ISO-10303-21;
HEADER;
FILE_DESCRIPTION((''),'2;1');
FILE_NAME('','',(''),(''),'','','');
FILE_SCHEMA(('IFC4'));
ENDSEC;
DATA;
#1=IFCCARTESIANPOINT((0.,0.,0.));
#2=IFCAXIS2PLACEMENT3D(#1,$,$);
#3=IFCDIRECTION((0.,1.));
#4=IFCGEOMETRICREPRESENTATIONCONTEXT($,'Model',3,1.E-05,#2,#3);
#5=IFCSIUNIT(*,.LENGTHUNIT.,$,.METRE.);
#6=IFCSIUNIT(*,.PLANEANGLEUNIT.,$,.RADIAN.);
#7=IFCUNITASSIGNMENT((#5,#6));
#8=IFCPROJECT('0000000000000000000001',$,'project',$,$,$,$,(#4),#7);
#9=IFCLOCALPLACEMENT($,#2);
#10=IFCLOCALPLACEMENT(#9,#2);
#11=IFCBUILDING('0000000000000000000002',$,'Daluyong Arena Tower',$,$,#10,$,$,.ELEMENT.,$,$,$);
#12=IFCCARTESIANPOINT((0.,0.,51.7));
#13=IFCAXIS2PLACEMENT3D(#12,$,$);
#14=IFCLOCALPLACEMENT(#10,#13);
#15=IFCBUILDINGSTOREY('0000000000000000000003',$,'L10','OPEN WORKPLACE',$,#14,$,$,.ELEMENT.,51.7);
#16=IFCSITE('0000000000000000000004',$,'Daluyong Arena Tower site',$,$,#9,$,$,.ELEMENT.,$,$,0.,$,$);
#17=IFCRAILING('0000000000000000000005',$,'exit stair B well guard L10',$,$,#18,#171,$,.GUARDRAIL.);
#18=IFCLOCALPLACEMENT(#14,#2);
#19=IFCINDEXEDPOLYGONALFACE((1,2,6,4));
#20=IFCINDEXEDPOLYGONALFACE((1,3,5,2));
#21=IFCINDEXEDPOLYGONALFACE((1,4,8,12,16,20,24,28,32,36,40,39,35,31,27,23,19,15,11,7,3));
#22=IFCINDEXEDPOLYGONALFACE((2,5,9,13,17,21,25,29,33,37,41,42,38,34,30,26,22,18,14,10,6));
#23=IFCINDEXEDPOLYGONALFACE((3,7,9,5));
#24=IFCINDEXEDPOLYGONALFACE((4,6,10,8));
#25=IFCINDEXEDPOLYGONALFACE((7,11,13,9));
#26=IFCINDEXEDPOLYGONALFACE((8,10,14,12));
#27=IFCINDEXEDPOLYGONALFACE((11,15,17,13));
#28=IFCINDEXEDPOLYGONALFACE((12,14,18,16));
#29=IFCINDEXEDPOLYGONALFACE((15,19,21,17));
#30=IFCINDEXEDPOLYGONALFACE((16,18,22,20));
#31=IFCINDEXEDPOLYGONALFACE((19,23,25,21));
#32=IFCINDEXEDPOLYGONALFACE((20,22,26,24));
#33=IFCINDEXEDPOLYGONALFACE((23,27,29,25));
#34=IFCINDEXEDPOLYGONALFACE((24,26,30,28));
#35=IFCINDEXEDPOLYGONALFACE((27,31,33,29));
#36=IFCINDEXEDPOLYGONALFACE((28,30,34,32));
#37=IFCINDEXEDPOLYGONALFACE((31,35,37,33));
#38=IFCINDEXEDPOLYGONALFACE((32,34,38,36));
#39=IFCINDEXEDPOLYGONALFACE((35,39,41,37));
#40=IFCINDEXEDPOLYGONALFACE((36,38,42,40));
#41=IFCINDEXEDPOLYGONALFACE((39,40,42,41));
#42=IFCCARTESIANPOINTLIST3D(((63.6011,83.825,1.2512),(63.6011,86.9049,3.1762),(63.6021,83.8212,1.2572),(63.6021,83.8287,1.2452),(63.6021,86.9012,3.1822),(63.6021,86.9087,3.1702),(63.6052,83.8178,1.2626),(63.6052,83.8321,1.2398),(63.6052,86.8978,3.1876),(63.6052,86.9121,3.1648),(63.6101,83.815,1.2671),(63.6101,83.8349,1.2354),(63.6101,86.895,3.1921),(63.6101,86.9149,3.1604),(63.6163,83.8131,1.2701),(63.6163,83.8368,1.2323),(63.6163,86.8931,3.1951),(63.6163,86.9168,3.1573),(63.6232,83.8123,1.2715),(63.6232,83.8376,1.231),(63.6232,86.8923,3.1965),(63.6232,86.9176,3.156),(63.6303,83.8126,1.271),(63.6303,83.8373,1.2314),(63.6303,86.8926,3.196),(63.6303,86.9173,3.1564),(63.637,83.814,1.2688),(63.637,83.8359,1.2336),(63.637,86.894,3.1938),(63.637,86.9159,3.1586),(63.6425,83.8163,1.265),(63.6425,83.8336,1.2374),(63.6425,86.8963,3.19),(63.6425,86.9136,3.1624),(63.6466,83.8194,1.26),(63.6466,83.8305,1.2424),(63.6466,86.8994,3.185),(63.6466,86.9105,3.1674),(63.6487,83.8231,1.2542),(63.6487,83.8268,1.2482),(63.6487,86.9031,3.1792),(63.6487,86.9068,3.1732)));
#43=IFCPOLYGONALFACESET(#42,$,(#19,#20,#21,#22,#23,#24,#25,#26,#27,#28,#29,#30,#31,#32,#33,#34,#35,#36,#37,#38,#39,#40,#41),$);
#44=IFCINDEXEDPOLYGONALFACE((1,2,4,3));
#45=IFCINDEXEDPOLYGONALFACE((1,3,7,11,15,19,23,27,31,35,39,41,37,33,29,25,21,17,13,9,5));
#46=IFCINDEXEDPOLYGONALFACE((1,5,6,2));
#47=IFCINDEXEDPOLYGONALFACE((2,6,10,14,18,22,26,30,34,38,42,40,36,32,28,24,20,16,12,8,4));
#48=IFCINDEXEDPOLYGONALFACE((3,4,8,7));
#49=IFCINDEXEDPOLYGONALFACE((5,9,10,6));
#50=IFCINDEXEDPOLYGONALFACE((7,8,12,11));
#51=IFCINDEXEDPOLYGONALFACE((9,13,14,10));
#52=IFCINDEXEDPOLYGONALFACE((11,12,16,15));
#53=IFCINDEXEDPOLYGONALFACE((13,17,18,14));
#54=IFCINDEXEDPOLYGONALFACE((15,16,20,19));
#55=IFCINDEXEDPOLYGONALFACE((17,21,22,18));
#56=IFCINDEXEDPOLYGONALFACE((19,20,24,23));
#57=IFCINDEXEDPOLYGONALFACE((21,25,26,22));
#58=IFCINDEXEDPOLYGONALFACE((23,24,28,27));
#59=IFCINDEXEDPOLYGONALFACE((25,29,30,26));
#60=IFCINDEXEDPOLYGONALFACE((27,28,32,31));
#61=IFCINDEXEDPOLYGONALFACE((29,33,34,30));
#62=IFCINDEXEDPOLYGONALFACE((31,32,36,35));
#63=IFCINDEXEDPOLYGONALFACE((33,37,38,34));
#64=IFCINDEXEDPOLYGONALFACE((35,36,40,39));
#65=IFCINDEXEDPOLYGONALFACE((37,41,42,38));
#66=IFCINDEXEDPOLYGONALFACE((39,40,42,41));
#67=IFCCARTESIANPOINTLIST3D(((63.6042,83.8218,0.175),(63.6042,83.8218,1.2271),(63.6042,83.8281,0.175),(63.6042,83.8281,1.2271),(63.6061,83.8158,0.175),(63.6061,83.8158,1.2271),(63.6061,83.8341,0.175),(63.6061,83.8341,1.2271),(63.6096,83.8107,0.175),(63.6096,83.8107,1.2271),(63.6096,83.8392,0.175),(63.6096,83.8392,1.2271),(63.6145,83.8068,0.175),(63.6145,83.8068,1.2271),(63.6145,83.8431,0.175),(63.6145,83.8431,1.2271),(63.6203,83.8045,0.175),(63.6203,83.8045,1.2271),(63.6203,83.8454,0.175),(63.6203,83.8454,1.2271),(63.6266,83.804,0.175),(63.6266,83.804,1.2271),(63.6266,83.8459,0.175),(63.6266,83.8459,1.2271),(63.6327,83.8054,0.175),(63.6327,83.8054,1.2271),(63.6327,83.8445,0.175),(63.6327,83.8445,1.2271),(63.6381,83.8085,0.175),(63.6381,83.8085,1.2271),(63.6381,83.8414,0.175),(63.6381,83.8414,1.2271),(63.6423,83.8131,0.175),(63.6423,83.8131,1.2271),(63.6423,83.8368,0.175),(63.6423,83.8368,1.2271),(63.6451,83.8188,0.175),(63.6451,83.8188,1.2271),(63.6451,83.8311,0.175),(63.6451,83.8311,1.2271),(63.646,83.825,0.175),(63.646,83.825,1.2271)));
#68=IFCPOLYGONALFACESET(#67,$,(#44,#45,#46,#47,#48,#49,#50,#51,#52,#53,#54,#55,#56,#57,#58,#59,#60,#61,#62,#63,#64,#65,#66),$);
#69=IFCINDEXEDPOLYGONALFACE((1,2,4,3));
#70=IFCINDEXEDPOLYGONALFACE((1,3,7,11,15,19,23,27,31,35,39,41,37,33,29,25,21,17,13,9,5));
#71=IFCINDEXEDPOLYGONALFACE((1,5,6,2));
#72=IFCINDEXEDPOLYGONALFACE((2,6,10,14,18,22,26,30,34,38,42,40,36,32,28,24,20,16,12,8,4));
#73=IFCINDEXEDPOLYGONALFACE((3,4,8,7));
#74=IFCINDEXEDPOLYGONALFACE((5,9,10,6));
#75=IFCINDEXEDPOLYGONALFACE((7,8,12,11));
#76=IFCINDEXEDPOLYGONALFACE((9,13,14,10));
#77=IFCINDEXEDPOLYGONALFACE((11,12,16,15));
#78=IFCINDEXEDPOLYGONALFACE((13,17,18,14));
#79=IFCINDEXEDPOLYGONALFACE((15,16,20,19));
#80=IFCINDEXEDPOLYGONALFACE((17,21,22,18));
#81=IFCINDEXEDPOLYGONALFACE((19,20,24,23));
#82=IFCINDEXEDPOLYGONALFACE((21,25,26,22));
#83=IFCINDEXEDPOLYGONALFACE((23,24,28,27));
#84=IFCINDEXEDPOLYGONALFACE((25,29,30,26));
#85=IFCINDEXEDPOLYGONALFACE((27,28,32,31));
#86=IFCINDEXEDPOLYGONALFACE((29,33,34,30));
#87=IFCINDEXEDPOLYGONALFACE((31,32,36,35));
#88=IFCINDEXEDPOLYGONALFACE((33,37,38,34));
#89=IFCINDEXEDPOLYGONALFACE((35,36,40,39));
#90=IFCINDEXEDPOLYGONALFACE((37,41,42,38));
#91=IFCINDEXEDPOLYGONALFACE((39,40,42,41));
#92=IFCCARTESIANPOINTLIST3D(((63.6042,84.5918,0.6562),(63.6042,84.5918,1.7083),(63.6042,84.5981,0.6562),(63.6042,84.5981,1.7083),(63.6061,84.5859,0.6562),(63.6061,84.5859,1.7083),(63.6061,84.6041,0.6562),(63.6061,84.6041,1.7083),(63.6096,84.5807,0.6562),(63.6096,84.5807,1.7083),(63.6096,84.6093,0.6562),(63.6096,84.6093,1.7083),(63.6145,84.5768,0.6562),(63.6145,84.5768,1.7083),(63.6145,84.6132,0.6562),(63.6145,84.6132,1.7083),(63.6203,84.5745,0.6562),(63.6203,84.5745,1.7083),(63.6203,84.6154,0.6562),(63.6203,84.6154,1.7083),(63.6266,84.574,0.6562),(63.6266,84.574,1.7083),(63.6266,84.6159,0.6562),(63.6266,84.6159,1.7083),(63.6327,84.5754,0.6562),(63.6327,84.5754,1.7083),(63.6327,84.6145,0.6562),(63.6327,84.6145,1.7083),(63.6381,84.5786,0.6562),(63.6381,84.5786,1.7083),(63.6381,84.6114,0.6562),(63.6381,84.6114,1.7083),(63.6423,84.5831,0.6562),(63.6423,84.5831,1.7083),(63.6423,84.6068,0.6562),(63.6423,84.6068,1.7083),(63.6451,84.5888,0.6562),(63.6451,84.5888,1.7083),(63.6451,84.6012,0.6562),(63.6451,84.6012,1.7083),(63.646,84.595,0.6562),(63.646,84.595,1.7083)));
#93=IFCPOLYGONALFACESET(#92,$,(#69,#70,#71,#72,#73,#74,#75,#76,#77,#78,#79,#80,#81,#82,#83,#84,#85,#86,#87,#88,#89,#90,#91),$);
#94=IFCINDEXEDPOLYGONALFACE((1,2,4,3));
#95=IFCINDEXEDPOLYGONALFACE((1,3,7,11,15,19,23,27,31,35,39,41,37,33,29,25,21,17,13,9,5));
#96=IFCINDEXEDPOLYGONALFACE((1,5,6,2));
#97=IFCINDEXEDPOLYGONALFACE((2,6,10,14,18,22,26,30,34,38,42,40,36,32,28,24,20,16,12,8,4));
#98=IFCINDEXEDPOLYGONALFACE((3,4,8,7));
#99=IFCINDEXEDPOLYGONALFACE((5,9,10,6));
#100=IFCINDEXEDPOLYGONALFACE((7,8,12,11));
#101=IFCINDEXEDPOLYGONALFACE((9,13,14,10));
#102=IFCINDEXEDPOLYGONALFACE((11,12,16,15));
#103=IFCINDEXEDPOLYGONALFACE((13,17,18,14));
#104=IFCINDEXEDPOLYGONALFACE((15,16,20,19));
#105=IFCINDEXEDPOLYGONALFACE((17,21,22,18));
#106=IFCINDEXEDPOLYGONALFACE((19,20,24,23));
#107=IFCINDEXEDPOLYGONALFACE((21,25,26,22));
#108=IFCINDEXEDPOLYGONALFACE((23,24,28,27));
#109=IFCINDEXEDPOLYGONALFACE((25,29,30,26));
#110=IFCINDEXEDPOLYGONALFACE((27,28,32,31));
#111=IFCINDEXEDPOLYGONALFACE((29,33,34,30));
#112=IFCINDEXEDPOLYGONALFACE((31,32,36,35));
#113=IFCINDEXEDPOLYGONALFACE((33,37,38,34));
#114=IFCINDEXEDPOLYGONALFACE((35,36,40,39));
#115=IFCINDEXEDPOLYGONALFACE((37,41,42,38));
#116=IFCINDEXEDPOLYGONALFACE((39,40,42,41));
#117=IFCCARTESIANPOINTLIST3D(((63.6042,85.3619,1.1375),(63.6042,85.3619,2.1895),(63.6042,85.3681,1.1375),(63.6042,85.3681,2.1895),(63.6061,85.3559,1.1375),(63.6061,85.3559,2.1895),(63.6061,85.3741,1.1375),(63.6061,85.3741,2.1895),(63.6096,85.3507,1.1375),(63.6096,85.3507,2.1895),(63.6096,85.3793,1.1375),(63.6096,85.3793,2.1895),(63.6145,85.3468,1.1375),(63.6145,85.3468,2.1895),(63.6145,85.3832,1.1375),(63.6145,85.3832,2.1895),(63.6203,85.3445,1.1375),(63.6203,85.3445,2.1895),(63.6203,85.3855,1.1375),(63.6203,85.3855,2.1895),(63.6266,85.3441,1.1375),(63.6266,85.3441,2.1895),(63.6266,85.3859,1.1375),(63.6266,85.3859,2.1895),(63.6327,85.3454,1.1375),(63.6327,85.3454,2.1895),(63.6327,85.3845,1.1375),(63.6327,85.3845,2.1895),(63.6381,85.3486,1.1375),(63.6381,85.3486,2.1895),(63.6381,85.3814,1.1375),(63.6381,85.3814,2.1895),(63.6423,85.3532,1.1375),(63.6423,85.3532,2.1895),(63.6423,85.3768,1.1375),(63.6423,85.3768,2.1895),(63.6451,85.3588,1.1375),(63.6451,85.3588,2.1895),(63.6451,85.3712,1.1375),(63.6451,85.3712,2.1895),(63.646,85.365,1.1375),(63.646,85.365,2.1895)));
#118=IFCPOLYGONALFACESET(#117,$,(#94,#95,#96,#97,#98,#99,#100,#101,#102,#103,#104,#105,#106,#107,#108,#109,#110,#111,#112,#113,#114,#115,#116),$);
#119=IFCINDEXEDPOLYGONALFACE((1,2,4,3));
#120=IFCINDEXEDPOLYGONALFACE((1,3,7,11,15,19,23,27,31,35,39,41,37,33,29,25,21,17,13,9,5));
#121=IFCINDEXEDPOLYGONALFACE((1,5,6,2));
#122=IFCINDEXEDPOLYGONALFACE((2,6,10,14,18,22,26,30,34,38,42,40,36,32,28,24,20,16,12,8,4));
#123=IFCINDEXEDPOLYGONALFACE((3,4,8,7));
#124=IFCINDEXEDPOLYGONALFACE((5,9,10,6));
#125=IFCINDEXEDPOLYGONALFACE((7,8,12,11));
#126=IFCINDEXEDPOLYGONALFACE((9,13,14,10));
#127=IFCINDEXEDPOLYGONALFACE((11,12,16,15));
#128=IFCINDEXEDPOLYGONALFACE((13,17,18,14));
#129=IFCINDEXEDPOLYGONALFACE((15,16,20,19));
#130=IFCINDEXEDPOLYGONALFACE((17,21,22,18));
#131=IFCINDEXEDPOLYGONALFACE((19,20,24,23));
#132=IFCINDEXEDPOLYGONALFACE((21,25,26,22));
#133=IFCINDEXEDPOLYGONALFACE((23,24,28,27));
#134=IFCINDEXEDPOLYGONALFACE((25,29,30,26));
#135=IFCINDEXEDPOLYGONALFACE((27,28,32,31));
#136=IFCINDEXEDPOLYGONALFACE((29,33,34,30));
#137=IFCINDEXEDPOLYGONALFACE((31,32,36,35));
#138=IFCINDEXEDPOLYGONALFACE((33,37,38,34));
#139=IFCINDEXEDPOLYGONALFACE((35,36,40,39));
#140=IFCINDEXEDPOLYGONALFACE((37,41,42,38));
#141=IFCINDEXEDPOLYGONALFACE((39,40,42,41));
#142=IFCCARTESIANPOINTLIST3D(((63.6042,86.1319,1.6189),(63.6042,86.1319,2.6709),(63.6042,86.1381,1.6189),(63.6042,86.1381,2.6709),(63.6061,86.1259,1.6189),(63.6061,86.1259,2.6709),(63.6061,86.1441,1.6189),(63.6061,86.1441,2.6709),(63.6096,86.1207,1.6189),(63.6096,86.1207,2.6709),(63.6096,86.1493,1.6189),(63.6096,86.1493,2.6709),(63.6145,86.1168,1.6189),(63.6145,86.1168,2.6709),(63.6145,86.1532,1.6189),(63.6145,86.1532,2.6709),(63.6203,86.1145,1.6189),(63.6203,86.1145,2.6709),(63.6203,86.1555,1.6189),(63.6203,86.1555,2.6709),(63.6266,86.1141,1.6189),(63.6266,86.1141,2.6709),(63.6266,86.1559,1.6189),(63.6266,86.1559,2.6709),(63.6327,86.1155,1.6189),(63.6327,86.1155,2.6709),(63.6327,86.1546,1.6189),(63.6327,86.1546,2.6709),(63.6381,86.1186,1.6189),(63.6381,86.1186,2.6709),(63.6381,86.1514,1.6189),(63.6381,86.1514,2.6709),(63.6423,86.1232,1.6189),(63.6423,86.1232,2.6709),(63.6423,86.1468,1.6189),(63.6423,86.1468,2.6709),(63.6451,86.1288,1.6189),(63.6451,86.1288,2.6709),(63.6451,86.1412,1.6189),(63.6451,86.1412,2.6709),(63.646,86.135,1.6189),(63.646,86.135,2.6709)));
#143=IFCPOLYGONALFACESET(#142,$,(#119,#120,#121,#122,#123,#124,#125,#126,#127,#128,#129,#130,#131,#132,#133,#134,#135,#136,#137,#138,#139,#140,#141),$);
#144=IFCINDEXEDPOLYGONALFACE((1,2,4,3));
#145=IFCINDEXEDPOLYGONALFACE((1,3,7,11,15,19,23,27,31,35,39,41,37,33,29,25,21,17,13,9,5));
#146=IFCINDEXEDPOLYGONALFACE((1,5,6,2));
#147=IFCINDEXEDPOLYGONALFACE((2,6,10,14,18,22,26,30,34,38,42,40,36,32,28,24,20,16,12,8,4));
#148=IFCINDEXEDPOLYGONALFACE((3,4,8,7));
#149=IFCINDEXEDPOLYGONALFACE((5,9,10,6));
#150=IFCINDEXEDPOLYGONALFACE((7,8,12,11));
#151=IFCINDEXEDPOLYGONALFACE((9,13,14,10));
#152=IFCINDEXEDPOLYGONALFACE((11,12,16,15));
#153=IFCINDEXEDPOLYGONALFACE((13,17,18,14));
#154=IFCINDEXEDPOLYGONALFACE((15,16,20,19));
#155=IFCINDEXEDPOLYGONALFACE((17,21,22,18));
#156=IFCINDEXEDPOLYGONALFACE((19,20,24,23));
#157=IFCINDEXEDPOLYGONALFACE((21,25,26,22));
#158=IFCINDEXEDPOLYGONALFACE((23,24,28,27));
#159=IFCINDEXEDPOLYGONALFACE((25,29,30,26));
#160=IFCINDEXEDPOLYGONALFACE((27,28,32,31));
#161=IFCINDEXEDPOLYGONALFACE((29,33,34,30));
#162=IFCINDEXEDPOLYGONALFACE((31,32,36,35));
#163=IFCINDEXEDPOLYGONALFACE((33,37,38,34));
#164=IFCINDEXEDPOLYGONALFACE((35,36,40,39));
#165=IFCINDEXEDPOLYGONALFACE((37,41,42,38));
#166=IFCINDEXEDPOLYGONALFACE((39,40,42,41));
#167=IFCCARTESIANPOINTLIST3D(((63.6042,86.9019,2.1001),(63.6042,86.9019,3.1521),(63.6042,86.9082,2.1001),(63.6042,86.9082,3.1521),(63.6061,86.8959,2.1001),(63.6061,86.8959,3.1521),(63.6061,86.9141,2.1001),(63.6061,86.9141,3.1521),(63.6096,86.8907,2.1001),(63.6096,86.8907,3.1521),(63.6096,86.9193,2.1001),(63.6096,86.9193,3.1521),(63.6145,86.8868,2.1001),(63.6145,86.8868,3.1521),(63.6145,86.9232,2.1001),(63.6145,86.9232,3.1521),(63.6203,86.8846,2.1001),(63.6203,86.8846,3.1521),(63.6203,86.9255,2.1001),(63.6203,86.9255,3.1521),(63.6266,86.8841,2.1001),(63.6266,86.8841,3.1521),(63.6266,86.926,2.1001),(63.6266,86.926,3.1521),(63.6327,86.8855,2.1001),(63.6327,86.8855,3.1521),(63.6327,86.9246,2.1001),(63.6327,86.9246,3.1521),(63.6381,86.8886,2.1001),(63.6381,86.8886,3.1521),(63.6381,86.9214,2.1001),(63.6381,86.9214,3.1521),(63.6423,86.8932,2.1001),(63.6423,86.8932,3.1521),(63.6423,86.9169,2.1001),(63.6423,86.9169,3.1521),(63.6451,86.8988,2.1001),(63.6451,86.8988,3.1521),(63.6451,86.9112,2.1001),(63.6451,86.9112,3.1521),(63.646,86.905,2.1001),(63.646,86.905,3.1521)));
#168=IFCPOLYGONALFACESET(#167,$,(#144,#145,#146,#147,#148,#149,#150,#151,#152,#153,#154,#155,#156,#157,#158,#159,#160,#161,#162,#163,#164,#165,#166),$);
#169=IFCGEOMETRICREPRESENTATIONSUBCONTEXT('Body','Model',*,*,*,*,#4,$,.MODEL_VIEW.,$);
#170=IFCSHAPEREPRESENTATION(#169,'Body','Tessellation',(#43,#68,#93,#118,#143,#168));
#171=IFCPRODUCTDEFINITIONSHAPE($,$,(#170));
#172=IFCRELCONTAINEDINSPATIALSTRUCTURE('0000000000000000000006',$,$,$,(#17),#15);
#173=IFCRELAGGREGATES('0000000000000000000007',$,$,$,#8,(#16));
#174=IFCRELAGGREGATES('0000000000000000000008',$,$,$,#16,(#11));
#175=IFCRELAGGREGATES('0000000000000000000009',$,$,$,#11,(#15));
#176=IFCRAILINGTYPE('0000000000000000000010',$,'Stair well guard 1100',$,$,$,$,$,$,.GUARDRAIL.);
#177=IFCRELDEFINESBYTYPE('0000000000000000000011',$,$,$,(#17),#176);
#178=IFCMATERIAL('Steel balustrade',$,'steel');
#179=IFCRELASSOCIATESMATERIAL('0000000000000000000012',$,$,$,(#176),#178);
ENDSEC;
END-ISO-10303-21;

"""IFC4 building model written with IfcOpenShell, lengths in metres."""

from ifc_helpers import new_model, si_unit, direction, frame, origin, origin_2d, place, context, subcontext, project, spatial, circle, extrude, material, type_object, element, save


model = new_model("IFC4")

# Units and contexts
model_context = context("Model", 3, precision=1e-05, world=origin(), true_north=direction((0.0, 1.0)))
body_context = subcontext(model_context, "Body", "Model", "MODEL_VIEW")
ifc_project = project(units=[si_unit("LENGTHUNIT", "METRE"), si_unit("PLANEANGLEUNIT", "RADIAN")], contexts=[model_context])

# Site, building, storey
site_placement = place(None, origin())
site = spatial("IfcSite", under=ifc_project, at=site_placement, Name="Daluyong Arena Tower site", CompositionType="ELEMENT", RefElevation=0.0)
building_placement = place(site_placement, origin())
building = spatial("IfcBuilding", under=site, at=building_placement, Name="Daluyong Arena Tower", CompositionType="ELEMENT")
storey_placement = place(building_placement, frame((0.0, 0.0, 51.7)))
storey = spatial("IfcBuildingStorey", under=building, at=storey_placement, Name="L10", Description="OPEN WORKPLACE", CompositionType="ELEMENT", Elevation=51.7)

# Railing
ifc_material_1 = material(Name="Steel balustrade", Category="steel")
railing_type_1 = type_object("IfcRailingType", Name="Stair well guard 1100", PredefinedType="GUARDRAIL", material=ifc_material_1)
railing_1_placement = place(storey_placement, frame((63.625, 83.825, 0.175)))
element("IfcRailing", 1, at=railing_1_placement, inside=storey, type_object=railing_type_1, Name="exit stair B well guard L10", PredefinedType="GUARDRAIL", context=body_context, shape_type="SweptSolid", body=[
    extrude(circle(Radius=0.0239, at=origin_2d()), frame((0.0, 0.0, 1.0762), z_axis=(0.0, 0.847998, 0.529999), x_axis=(-1.0, 0.0, 0.0)), (0.0, 0.0, 1.0), 3.6321),
    extrude(circle(Radius=0.021, at=origin_2d()), origin(), (0.0, 0.0, 1.0), 1.052),
    extrude(circle(Radius=0.021, at=origin_2d()), frame((0.0, 0.77, 0.4812)), (0.0, 0.0, 1.0), 1.052),
    extrude(circle(Radius=0.021, at=origin_2d()), frame((0.0, 1.54, 0.9624)), (0.0, 0.0, 1.0), 1.052),
    extrude(circle(Radius=0.021, at=origin_2d()), frame((0.0, 2.3101, 1.4438)), (0.0, 0.0, 1.0), 1.052),
    extrude(circle(Radius=0.021, at=origin_2d()), frame((0.0, 3.0801, 1.925)), (0.0, 0.0, 1.0), 1.052),
])

save(model, "model.ifc")
